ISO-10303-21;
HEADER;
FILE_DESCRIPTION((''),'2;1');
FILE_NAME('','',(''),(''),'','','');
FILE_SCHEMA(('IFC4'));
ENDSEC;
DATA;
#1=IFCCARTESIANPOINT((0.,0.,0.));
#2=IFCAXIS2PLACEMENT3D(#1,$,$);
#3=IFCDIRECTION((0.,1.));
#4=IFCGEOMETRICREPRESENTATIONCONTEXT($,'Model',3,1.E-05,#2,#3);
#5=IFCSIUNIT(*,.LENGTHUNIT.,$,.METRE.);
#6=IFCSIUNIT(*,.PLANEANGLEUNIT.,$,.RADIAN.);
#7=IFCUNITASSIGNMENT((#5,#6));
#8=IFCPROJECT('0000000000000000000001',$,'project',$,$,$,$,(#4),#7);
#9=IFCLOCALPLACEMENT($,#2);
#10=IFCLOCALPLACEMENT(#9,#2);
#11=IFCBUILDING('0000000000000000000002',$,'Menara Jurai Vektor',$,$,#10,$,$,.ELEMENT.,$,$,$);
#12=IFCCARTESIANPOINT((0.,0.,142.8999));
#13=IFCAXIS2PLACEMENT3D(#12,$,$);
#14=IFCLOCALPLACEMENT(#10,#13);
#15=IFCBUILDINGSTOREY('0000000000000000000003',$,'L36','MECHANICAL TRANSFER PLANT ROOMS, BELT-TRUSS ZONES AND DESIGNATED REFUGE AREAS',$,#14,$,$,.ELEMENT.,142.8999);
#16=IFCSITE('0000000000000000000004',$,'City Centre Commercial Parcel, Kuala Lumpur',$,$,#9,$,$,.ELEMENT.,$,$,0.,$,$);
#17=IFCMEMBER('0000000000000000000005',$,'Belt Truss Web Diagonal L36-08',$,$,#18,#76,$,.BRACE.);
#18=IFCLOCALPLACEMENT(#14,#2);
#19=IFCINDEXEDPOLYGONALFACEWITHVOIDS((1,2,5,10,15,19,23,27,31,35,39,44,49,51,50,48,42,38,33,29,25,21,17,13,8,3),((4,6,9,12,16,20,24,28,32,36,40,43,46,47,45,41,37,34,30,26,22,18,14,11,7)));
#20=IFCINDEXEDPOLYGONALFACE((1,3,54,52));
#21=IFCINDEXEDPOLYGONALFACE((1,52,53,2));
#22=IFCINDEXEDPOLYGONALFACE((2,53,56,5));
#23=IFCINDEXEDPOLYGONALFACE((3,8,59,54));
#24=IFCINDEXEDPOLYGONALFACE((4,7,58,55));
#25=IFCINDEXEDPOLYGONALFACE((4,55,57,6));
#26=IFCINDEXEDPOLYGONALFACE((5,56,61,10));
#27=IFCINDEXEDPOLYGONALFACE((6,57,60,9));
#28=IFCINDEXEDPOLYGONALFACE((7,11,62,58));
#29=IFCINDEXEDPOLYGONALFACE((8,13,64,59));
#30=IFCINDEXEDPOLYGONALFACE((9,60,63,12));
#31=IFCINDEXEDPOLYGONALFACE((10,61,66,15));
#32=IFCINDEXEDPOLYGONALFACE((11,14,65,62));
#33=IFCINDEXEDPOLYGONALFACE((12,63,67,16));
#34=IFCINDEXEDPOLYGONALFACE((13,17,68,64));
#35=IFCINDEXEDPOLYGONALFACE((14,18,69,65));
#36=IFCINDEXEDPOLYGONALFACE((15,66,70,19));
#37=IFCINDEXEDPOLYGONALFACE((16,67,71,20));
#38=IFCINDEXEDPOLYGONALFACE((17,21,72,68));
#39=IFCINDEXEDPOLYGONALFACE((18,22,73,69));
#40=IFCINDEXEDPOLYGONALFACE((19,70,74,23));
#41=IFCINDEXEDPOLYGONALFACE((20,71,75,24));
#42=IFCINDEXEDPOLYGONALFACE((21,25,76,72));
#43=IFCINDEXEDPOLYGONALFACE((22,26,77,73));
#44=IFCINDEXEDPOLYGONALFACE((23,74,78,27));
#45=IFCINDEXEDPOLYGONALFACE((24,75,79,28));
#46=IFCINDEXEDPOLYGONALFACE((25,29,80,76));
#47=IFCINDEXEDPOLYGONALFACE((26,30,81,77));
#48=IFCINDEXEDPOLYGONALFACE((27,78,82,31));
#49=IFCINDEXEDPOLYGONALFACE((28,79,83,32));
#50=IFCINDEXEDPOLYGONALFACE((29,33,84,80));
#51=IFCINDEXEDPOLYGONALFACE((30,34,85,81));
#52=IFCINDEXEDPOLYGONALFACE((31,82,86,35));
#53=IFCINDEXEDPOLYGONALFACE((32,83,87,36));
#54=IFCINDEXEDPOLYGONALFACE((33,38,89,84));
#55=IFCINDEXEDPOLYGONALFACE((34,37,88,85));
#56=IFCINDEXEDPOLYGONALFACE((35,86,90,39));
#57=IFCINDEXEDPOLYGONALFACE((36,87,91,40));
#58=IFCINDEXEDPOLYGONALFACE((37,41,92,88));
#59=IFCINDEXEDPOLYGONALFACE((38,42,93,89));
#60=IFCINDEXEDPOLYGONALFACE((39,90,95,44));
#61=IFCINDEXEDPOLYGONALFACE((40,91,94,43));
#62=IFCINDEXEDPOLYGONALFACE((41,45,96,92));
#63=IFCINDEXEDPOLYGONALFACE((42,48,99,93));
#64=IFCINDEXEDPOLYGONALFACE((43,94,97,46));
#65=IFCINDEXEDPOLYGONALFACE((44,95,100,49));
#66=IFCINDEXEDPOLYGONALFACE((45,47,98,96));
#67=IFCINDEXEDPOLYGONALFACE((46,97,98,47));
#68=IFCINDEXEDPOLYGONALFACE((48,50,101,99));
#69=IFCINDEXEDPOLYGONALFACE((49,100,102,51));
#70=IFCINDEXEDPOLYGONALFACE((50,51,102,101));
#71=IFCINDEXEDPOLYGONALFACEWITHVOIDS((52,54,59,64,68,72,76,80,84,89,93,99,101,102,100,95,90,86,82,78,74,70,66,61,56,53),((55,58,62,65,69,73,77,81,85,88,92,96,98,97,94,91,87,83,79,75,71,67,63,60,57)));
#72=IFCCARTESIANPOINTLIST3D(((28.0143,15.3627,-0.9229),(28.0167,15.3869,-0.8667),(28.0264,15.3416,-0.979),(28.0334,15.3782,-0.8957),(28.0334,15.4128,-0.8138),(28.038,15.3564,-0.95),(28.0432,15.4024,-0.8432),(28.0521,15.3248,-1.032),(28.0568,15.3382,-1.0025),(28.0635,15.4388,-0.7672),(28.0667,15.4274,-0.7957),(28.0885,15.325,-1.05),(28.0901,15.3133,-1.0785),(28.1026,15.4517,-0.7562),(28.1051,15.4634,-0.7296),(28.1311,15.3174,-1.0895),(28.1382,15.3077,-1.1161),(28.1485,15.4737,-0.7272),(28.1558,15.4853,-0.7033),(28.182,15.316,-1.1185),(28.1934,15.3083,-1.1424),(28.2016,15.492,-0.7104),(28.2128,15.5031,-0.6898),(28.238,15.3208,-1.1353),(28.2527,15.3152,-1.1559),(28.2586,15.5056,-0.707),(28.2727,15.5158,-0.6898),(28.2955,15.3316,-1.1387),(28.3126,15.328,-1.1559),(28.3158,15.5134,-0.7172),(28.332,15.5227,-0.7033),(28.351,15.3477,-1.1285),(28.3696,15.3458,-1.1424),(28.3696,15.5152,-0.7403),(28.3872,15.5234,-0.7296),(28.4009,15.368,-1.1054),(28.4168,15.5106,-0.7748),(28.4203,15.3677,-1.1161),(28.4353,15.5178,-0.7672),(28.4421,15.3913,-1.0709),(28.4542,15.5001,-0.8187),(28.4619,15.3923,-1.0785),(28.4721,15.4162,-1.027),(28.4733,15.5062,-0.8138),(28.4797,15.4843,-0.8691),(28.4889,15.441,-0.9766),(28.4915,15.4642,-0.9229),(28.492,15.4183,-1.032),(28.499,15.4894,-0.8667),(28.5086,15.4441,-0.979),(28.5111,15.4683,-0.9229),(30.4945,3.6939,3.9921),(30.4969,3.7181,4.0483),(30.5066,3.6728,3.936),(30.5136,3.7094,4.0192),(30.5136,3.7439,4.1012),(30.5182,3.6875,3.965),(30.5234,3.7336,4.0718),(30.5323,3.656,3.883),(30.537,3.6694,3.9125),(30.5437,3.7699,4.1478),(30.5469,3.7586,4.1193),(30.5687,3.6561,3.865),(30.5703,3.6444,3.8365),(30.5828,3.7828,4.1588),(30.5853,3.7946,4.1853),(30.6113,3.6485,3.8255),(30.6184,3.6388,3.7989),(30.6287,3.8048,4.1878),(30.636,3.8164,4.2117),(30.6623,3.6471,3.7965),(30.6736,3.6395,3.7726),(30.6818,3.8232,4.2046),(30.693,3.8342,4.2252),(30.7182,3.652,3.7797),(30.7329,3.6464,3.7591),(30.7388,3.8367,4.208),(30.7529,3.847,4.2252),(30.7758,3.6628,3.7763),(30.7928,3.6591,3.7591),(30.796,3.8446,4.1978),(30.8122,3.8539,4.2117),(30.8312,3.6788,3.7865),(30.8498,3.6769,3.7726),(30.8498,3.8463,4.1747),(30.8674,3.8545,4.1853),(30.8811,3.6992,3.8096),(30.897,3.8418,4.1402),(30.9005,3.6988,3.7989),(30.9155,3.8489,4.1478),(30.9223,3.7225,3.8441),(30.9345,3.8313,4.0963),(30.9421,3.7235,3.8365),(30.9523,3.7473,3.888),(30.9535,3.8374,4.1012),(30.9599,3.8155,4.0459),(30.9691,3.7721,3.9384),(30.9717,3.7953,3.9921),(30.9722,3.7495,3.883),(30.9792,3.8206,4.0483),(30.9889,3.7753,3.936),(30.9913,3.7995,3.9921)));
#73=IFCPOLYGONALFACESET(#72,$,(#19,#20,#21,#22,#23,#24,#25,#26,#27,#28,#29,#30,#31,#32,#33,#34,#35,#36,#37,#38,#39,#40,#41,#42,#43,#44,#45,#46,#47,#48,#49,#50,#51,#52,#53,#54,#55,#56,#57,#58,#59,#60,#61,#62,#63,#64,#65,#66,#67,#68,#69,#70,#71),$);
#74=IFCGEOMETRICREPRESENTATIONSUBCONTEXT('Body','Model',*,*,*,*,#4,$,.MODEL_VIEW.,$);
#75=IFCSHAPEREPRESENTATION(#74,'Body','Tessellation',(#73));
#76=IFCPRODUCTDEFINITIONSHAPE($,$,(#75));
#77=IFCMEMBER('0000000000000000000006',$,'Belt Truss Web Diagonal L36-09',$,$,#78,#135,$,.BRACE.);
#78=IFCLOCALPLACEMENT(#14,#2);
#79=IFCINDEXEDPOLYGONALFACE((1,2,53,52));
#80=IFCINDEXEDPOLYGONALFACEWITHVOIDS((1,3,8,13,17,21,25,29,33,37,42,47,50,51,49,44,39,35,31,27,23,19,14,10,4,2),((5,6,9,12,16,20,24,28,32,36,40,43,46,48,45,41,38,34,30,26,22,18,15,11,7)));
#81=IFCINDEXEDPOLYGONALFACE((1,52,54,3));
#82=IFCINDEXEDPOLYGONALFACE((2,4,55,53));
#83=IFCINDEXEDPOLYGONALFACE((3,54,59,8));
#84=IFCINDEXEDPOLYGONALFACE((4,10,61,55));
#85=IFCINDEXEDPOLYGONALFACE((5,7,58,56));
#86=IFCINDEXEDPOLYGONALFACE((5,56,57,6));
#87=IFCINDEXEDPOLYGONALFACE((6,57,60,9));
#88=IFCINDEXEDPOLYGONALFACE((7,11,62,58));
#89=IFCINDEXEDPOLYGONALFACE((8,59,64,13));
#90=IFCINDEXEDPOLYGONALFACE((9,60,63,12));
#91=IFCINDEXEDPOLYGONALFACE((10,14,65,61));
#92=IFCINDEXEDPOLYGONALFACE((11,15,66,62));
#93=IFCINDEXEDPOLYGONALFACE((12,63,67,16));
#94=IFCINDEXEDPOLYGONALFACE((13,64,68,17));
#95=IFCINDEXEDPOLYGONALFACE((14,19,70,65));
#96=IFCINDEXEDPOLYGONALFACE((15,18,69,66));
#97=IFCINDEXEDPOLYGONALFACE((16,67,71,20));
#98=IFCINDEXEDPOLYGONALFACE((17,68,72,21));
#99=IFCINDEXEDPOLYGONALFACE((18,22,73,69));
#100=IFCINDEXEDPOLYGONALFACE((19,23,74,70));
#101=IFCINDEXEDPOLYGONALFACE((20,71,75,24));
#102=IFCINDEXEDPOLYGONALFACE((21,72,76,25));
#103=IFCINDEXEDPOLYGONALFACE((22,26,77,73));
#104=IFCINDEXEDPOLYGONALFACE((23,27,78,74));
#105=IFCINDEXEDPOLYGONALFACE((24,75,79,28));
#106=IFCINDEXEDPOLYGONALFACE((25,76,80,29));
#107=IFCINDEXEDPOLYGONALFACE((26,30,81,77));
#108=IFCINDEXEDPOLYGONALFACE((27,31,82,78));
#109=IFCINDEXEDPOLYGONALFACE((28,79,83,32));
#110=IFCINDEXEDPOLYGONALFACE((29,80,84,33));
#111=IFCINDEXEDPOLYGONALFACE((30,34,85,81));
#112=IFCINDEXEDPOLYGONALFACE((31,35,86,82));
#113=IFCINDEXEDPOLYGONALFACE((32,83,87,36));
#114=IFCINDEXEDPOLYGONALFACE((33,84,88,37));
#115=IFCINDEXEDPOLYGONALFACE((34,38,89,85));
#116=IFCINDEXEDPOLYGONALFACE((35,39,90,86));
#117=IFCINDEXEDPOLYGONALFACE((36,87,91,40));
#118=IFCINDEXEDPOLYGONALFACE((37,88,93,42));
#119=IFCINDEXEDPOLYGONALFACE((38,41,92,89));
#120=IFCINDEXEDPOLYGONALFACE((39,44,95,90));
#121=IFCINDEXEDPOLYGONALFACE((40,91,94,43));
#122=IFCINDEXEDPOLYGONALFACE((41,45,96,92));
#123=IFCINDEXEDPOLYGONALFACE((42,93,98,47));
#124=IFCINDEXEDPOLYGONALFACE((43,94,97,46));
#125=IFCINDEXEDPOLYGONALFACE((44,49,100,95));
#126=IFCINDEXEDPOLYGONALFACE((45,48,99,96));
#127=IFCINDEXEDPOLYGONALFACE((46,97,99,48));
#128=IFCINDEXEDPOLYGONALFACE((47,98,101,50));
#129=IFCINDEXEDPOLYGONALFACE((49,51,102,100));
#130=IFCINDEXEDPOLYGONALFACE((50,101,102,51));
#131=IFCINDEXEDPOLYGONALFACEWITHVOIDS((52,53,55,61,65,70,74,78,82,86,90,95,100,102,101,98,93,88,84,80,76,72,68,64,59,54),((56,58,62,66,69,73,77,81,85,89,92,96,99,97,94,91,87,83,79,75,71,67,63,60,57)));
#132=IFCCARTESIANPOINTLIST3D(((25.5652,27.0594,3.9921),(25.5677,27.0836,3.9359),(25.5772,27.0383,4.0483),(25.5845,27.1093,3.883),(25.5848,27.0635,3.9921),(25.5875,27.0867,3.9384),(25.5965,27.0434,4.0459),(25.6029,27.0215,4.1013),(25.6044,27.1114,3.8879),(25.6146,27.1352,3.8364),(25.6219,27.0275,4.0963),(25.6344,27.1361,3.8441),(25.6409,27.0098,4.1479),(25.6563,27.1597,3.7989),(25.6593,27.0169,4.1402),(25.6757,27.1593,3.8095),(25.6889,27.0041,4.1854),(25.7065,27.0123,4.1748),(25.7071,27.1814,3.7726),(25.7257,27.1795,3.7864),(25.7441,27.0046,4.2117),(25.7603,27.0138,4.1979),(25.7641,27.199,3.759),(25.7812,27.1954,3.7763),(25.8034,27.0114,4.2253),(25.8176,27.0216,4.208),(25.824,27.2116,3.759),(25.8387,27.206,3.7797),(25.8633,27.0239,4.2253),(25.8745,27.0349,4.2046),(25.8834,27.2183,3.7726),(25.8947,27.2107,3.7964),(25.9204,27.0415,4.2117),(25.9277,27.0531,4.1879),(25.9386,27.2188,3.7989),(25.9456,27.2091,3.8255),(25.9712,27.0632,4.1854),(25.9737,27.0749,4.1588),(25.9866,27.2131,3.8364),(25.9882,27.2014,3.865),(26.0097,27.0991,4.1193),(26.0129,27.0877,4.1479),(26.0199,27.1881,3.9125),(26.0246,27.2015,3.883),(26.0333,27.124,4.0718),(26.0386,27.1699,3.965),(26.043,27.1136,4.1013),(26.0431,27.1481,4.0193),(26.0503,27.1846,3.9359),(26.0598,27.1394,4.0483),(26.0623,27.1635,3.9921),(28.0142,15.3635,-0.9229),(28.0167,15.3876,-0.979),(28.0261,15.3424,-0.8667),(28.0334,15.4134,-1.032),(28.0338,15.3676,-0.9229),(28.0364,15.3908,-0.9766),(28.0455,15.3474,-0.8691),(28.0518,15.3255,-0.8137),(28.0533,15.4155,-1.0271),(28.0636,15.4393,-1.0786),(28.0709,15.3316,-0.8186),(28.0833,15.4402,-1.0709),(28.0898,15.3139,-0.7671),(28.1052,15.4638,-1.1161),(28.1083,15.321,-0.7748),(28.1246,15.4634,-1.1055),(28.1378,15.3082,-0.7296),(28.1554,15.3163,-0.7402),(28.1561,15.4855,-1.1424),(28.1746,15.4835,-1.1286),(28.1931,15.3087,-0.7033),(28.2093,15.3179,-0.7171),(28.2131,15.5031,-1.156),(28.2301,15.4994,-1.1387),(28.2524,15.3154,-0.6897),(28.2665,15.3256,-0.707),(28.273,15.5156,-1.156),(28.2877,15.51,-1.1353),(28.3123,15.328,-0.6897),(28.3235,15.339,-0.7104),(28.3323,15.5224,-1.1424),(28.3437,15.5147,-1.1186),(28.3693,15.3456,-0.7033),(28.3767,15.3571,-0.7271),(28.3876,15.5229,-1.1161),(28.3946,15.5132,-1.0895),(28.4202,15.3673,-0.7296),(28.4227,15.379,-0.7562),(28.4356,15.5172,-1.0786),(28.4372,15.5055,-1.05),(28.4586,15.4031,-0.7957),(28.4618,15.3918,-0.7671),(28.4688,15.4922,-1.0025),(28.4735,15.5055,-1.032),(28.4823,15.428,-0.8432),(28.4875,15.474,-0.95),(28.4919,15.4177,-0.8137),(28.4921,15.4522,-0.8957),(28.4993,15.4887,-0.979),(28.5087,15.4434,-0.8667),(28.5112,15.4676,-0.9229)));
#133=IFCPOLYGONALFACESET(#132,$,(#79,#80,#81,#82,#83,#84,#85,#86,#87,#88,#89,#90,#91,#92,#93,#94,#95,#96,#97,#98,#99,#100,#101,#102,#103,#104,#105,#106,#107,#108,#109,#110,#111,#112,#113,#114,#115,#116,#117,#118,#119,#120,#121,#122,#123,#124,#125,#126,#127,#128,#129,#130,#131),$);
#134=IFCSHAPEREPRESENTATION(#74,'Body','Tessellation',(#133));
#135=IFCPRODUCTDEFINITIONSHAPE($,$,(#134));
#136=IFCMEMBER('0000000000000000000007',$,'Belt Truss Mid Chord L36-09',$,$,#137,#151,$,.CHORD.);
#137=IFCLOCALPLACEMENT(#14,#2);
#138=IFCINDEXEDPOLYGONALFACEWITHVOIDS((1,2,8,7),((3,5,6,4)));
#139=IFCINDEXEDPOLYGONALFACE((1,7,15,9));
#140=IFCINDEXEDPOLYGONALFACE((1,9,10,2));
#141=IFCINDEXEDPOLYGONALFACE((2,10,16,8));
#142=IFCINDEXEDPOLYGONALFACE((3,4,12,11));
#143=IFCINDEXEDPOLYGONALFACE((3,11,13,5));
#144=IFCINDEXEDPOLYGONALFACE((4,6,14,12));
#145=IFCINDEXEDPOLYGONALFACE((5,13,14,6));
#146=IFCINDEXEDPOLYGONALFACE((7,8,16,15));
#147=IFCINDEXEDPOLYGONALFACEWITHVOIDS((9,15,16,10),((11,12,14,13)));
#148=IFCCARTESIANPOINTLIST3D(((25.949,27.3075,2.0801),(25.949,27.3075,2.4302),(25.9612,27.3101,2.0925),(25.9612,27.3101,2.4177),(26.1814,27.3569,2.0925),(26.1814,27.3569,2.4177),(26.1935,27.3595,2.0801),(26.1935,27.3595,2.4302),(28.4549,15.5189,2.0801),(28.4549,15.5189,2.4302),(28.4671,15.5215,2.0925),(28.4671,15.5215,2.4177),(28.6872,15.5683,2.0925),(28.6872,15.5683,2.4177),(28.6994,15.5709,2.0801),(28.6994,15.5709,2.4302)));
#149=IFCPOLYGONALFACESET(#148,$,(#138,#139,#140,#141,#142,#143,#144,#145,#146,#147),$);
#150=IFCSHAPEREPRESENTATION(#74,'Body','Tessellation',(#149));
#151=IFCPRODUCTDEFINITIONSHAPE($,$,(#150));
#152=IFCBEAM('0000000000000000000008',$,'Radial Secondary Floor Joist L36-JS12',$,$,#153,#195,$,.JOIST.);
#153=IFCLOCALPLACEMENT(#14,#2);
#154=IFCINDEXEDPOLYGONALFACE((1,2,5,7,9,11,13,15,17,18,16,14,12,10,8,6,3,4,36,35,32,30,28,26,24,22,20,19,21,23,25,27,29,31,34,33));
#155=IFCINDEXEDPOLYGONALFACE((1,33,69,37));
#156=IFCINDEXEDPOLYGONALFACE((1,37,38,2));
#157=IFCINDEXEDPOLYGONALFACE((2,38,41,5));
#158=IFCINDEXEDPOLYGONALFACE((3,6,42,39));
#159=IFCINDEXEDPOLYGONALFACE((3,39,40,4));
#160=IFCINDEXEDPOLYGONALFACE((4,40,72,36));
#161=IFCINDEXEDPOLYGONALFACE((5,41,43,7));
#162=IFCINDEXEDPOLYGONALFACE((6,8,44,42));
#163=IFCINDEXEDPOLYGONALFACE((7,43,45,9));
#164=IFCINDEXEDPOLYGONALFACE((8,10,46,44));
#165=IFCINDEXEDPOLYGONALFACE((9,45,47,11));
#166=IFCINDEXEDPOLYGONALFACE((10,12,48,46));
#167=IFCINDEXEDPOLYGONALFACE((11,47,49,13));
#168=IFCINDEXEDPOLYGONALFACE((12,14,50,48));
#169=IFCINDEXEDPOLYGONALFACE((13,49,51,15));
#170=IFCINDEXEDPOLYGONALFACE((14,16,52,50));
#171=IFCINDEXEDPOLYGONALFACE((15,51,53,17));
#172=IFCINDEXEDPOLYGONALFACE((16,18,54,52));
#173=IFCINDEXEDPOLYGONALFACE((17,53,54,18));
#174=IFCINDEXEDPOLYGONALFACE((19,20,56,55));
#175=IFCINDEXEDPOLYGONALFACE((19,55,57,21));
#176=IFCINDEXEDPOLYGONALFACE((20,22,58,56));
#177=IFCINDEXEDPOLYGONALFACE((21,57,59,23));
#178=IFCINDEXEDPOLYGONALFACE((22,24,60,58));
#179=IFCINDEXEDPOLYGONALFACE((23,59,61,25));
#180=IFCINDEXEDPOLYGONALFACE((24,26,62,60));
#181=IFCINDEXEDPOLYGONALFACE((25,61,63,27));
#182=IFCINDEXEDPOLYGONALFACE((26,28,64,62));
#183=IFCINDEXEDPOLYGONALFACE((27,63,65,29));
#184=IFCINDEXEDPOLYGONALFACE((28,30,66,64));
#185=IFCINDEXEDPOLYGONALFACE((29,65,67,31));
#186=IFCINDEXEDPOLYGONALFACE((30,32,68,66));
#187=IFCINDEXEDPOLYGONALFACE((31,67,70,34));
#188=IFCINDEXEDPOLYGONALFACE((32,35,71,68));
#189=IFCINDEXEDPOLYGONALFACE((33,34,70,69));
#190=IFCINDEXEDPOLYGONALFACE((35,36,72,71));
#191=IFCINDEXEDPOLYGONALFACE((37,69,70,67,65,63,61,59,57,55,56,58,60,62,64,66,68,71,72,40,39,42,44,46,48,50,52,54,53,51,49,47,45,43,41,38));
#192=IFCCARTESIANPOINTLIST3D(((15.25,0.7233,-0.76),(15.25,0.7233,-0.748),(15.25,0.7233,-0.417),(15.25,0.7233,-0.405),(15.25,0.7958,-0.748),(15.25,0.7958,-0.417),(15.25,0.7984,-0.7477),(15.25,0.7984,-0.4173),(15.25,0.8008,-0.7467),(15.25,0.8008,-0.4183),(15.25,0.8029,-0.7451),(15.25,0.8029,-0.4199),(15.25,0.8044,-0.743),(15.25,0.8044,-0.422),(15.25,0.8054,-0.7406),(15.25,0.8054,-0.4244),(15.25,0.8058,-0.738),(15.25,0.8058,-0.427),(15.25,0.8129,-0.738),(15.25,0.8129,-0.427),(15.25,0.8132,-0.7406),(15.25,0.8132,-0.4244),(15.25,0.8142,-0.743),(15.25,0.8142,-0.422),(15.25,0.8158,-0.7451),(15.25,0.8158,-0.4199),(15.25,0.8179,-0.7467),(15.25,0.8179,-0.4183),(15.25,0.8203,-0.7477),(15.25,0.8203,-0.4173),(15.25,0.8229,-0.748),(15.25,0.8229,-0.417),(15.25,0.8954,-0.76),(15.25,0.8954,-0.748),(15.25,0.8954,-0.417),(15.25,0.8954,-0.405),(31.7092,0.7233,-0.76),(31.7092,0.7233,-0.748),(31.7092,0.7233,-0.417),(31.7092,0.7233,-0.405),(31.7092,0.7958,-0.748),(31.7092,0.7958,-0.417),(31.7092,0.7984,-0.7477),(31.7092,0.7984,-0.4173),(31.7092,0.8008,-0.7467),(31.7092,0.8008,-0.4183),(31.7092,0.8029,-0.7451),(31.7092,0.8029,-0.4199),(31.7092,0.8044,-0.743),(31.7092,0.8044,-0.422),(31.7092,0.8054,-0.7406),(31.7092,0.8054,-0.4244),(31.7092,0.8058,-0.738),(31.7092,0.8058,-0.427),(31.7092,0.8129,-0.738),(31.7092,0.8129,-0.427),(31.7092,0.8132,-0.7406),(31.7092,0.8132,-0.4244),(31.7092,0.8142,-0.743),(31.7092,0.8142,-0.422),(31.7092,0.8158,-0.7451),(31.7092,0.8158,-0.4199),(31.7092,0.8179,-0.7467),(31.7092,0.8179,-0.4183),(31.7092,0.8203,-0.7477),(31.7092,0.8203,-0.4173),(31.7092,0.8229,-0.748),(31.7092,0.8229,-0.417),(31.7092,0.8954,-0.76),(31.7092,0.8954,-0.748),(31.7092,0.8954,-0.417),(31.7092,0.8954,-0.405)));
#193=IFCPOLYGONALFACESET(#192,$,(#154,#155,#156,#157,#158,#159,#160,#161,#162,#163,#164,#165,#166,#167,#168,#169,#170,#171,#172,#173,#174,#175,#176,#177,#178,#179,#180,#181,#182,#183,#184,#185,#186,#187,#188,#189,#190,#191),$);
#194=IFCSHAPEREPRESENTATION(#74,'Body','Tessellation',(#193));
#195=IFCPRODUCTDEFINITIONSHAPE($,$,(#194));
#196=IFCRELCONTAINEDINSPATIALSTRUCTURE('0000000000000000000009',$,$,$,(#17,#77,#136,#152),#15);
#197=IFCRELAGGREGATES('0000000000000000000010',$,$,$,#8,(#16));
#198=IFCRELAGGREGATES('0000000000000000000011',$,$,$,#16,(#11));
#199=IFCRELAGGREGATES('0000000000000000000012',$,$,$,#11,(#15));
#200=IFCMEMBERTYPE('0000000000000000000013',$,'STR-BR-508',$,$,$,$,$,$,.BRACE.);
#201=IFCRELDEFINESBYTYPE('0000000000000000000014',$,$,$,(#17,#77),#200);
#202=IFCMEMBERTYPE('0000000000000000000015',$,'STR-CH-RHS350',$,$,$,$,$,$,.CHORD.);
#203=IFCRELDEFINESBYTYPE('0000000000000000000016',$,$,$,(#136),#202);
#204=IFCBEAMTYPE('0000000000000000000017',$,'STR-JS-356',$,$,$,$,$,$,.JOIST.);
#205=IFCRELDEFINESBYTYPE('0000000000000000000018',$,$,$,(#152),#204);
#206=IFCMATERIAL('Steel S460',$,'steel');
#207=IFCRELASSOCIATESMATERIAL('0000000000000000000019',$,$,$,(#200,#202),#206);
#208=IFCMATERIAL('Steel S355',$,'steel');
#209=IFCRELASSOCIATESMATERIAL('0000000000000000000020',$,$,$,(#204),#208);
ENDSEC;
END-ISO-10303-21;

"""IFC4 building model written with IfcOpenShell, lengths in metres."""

from ifc_helpers import new_model, si_unit, direction, frame, origin, origin_2d, place, context, subcontext, project, spatial, hollow_rectangle, hollow_circle, i_section, extrude, material, material_profile, profile_set, type_object, element, save


model = new_model("IFC4")

# Units and contexts
model_context = context("Model", 3, precision=1e-05, world=origin(), true_north=direction((0.0, 1.0)))
body_context = subcontext(model_context, "Body", "Model", "MODEL_VIEW")
ifc_project = project(units=[si_unit("LENGTHUNIT", "METRE"), si_unit("PLANEANGLEUNIT", "RADIAN")], contexts=[model_context])

# Site, building, storey
site_placement = place(None, origin())
site = spatial("IfcSite", under=ifc_project, at=site_placement, Name="City Centre Commercial Parcel, Kuala Lumpur", CompositionType="ELEMENT", RefElevation=0.0)
building_placement = place(site_placement, origin())
building = spatial("IfcBuilding", under=site, at=building_placement, Name="Menara Jurai Vektor", CompositionType="ELEMENT")
storey_placement = place(building_placement, frame((0.0, 0.0, 142.8999)))
storey = spatial("IfcBuildingStorey", under=building, at=storey_placement, Name="L36", Description="MECHANICAL TRANSFER PLANT ROOMS, BELT-TRUSS ZONES AND DESIGNATED REFUGE AREAS", CompositionType="ELEMENT", Elevation=142.8999)

# Shared definitions
ifc_material_1 = material(Name="Steel S460", Category="steel")

# Shared definitions
ifc_material_2 = material(Name="Steel S355", Category="steel")

# Members
ifc_material_profile_1 = material_profile(ifc_material_1, hollow_circle(Radius=0.2539, WallThickness=0.02, at=origin_2d()), Name="CHS 508x20")
ifc_profile_set_1 = profile_set([ifc_material_profile_1], Name="Steel S460")
member_type_1 = type_object("IfcMemberType", Name="STR-BR-508", PredefinedType="BRACE", material=ifc_profile_set_1)
member_1_placement = place(storey_placement, frame((28.2627, 15.4155, -0.9229), z_axis=(0.192229, -0.904397, 0.380938), x_axis=(0.978149, 0.207905, 0.0)))
element("IfcMember", 1, at=member_1_placement, inside=storey, type_object=member_type_1, Name="Belt Truss Web Diagonal L36-08", PredefinedType="BRACE", context=body_context, shape_type="SweptSolid", body=[
    extrude(hollow_circle(Radius=0.2539, WallThickness=0.02, at=origin_2d()), origin(), (0.0, 0.0, 1.0), 12.9023),
])
member_2_placement = place(storey_placement, frame((28.2627, 15.4155, -0.9229), z_axis=(-0.189534, 0.905196, 0.380391), x_axis=(-0.978774, -0.204941, 0.0)))
element("IfcMember", 2, at=member_2_placement, inside=storey, type_object=member_type_1, Name="Belt Truss Web Diagonal L36-09", PredefinedType="BRACE", context=body_context, shape_type="SweptSolid", body=[
    extrude(hollow_circle(Radius=0.2539, WallThickness=0.02, at=origin_2d()), origin(), (0.0, 0.0, 1.0), 12.9209),
])
ifc_material_profile_2 = material_profile(ifc_material_1, hollow_rectangle(XDim=0.25, YDim=0.3501, WallThickness=0.0125, at=origin_2d()), Name="RHS 350x250x12.5")
ifc_profile_set_2 = profile_set([ifc_material_profile_2], Name="Steel S460")
member_type_2 = type_object("IfcMemberType", Name="STR-CH-RHS350", PredefinedType="CHORD", material=ifc_profile_set_2)
member_3_placement = place(storey_placement, frame((28.5771, 15.5449, 2.2551), z_axis=(-0.207921, 0.978146, 0.0), x_axis=(-0.978146, -0.207921, 0.0)))
element("IfcMember", 3, at=member_3_placement, inside=storey, type_object=member_type_2, Name="Belt Truss Mid Chord L36-09", PredefinedType="CHORD", context=body_context, shape_type="SweptSolid", body=[
    extrude(hollow_rectangle(XDim=0.25, YDim=0.3501, WallThickness=0.0125, at=origin_2d()), origin(), (0.0, 0.0, 1.0), 12.052),
])

# Beam
ifc_material_profile_3 = material_profile(ifc_material_2, i_section(OverallWidth=0.1721, OverallDepth=0.355, WebThickness=0.0071, FlangeThickness=0.012, FilletRadius=0.01, at=origin_2d()), Name="UKB 356x171x51")
ifc_profile_set_3 = profile_set([ifc_material_profile_3], Name="Steel S355")
beam_type_1 = type_object("IfcBeamType", Name="STR-JS-356", PredefinedType="JOIST", material=ifc_profile_set_3)
beam_1_placement = place(storey_placement, frame((31.7092, 0.8093, -0.5825), z_axis=(-1.0, 0.0, 0.0), x_axis=(0.0, -1.0, 0.0)))
element("IfcBeam", 4, at=beam_1_placement, inside=storey, type_object=beam_type_1, Name="Radial Secondary Floor Joist L36-JS12", PredefinedType="JOIST", context=body_context, shape_type="SweptSolid", body=[
    extrude(i_section(OverallWidth=0.1721, OverallDepth=0.355, WebThickness=0.0071, FlangeThickness=0.012, FilletRadius=0.01, at=origin_2d()), origin(), (0.0, 0.0, 1.0), 16.4592),
])

save(model, "model.ifc")
